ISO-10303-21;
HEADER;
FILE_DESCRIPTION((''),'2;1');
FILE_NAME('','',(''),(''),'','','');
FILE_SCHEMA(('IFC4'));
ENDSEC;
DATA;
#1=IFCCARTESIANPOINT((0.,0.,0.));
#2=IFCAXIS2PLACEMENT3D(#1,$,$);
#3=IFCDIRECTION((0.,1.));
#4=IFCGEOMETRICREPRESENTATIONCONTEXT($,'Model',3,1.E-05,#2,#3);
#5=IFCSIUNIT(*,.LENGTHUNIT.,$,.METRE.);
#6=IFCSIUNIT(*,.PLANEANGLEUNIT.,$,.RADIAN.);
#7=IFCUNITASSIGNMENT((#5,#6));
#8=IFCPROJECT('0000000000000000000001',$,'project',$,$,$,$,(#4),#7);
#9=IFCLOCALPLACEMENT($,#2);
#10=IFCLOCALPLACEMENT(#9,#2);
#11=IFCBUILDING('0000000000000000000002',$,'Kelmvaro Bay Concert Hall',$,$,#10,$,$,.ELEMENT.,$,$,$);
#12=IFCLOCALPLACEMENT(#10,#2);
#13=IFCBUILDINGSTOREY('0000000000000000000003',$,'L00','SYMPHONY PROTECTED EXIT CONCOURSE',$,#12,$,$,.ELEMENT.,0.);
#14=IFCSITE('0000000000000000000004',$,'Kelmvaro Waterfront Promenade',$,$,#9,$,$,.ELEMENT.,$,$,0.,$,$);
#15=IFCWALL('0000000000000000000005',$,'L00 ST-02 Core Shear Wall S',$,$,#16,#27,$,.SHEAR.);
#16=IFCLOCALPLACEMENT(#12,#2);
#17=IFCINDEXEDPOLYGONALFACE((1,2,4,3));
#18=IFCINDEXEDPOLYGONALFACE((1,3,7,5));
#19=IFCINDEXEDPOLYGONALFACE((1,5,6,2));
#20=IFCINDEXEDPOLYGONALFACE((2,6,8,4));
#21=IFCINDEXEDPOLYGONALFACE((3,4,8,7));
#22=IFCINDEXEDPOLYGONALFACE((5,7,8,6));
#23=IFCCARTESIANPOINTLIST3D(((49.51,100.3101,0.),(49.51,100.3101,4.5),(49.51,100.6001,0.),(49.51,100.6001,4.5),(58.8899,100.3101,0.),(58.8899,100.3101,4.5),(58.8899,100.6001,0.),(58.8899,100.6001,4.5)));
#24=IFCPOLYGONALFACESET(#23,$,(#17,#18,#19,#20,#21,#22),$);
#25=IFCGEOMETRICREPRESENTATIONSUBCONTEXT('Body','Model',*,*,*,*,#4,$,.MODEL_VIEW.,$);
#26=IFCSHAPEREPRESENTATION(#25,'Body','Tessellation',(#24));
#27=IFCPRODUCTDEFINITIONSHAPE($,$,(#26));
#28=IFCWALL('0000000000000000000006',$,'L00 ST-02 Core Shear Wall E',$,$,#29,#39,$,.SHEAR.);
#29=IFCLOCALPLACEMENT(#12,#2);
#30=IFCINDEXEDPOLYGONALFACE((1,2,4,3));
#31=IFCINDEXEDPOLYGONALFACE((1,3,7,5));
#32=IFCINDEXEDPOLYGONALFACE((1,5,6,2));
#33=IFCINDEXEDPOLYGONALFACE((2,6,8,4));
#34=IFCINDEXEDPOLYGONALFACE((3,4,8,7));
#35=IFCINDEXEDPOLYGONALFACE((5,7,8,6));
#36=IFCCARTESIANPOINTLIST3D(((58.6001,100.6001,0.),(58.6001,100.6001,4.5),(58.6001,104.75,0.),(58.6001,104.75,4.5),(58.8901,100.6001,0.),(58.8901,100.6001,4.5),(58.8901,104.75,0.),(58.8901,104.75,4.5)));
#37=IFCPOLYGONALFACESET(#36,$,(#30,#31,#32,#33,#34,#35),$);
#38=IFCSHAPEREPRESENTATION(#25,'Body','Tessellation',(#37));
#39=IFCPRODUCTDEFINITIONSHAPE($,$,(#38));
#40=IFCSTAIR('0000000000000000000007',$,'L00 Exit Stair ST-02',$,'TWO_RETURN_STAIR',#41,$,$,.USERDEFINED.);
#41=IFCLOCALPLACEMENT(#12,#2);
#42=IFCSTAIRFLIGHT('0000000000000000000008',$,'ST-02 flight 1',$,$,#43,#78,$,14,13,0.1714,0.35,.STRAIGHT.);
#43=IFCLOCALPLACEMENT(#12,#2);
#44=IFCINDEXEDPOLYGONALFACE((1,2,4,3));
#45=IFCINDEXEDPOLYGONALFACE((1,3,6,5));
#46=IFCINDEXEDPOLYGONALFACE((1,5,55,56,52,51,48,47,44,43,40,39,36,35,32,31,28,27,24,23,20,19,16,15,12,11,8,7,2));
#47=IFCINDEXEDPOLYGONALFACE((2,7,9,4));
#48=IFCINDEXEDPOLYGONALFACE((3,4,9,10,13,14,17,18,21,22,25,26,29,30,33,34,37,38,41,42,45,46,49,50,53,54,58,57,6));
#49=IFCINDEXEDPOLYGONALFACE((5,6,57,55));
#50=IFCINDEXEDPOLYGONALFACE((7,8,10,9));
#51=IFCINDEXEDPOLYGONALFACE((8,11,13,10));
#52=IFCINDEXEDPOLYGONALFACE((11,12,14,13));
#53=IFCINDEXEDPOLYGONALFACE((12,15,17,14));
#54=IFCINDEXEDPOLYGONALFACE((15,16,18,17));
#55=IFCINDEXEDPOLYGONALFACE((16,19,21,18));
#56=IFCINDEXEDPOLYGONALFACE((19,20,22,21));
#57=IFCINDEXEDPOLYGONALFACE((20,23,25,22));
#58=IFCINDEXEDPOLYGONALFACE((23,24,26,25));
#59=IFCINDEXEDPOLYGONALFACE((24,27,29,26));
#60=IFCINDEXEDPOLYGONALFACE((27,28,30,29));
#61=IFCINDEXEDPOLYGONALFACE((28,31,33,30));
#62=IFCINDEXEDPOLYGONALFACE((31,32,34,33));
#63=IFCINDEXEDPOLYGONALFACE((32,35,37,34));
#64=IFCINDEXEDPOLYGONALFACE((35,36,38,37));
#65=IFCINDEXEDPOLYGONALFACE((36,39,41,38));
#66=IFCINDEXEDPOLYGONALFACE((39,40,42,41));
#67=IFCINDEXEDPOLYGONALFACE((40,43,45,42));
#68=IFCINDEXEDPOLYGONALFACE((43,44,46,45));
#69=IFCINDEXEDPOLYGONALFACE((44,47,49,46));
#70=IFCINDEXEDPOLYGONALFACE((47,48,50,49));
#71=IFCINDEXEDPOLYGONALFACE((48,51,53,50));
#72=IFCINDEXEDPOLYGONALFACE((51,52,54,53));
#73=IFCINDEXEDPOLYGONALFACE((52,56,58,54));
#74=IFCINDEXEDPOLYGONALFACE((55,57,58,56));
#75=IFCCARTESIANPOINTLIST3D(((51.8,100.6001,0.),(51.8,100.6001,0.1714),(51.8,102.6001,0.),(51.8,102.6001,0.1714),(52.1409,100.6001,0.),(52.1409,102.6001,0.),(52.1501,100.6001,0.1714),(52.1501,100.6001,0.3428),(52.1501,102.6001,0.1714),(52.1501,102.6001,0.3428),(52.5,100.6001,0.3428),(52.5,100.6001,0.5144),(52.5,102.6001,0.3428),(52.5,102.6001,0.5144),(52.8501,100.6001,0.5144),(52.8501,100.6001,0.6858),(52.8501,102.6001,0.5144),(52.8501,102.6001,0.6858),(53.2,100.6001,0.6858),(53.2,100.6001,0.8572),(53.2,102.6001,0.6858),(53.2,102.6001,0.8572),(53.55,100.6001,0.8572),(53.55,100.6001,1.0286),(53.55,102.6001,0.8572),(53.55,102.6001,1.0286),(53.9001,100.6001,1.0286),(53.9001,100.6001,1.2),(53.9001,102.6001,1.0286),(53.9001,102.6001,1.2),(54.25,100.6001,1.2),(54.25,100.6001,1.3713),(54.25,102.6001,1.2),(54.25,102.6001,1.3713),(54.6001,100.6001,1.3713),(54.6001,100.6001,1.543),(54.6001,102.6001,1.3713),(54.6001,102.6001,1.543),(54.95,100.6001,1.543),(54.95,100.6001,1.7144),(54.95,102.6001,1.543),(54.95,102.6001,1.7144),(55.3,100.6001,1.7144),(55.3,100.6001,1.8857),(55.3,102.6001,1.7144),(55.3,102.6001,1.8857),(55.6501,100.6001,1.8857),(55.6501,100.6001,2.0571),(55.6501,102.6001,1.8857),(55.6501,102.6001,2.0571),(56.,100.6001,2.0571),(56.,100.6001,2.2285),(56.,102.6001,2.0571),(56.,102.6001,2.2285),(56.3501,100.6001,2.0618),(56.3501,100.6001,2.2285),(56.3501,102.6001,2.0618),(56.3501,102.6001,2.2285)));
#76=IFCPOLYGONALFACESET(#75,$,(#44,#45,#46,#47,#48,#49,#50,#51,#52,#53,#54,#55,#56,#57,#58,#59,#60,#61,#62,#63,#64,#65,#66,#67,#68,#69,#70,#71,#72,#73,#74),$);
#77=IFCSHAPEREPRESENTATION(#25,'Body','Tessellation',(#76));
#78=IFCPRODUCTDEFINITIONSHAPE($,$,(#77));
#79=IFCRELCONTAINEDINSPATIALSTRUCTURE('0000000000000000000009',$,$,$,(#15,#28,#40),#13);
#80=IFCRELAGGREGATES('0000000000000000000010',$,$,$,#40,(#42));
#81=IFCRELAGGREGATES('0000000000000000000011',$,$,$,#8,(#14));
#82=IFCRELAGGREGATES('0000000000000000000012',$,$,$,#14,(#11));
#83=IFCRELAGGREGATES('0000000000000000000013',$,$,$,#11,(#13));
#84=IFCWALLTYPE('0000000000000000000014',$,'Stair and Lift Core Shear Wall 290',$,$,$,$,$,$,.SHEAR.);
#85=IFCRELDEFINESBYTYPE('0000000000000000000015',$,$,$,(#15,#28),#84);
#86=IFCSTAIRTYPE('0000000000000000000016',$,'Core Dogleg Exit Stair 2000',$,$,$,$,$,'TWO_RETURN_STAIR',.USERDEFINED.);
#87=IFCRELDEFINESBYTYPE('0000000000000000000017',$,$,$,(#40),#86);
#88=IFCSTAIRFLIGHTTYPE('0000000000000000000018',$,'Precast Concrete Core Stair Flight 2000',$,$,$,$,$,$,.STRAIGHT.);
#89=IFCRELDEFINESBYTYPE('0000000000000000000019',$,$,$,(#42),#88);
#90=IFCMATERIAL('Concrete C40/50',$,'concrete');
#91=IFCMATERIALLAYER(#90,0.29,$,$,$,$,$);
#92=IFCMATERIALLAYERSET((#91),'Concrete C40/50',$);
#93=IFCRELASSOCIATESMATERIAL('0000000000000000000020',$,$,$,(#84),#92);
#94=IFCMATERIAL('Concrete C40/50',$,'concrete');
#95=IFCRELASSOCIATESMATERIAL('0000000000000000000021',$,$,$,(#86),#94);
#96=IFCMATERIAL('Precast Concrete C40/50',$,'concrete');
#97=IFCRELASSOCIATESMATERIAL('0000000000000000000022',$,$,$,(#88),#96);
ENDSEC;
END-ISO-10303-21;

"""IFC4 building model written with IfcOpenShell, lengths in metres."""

from ifc_helpers import new_model, si_unit, direction, frame, frame_2d, origin, place, context, subcontext, project, spatial, polyline, rectangle, outline, extrude, material, layer, layer_set, type_object, element, aggregate, save


model = new_model("IFC4")

# Units and contexts
model_context = context("Model", 3, precision=1e-05, world=origin(), true_north=direction((0.0, 1.0)))
body_context = subcontext(model_context, "Body", "Model", "MODEL_VIEW")
ifc_project = project(units=[si_unit("LENGTHUNIT", "METRE"), si_unit("PLANEANGLEUNIT", "RADIAN")], contexts=[model_context])

# Site, building, storey
site_placement = place(None, origin())
site = spatial("IfcSite", under=ifc_project, at=site_placement, Name="Kelmvaro Waterfront Promenade", CompositionType="ELEMENT", RefElevation=0.0)
building_placement = place(site_placement, origin())
building = spatial("IfcBuilding", under=site, at=building_placement, Name="Kelmvaro Bay Concert Hall", CompositionType="ELEMENT")
storey_placement = place(building_placement, origin())
storey = spatial("IfcBuildingStorey", under=building, at=storey_placement, Name="L00", Description="SYMPHONY PROTECTED EXIT CONCOURSE", CompositionType="ELEMENT", Elevation=0.0)

# Wall
ifc_material_1 = material(Name="Concrete C40/50", Category="concrete")
ifc_layer_1 = layer(ifc_material_1, 0.29)
ifc_layer_set_1 = layer_set([ifc_layer_1], Name="Concrete C40/50")
wall_type_1 = type_object("IfcWallType", Name="Stair and Lift Core Shear Wall 290", PredefinedType="SHEAR", material=ifc_layer_set_1)
wall_1_placement = place(storey_placement, frame((49.51, 100.4551, 0.0), z_axis=(0.0, 0.0, 1.0), x_axis=(1.0, 0.0, 0.0)))
element("IfcWall", 1, at=wall_1_placement, inside=storey, type_object=wall_type_1, Name="L00 ST-02 Core Shear Wall S", PredefinedType="SHEAR", context=body_context, shape_type="SweptSolid", body=[
    extrude(rectangle(XDim=9.3799, YDim=0.29, at=frame_2d((4.6899, 0.0))), origin(), (0.0, 0.0, 1.0), 4.5),
])

# Wall
wall_2_placement = place(storey_placement, frame((58.7451, 100.6001, 0.0), z_axis=(0.0, 0.0, 1.0), x_axis=(0.0, 1.0, 0.0)))
element("IfcWall", 2, at=wall_2_placement, inside=storey, type_object=wall_type_1, Name="L00 ST-02 Core Shear Wall E", PredefinedType="SHEAR", context=body_context, shape_type="SweptSolid", body=[
    extrude(rectangle(XDim=4.1499, YDim=0.29, at=frame_2d((2.075, 0.0))), origin(), (0.0, 0.0, 1.0), 4.5),
])

# Stair, stair flight
ifc_material_2 = material(Name="Concrete C40/50", Category="concrete")
stair_type = type_object("IfcStairType", Name="Core Dogleg Exit Stair 2000", ElementType="TWO_RETURN_STAIR", PredefinedType="USERDEFINED", material=ifc_material_2)
stair_placement = place(storey_placement, origin())
stair = element("IfcStair", 3, at=stair_placement, inside=storey, type_object=stair_type, Name="L00 Exit Stair ST-02", ObjectType="TWO_RETURN_STAIR", PredefinedType="USERDEFINED")
ifc_material_3 = material(Name="Precast Concrete C40/50", Category="concrete")
stair_flight_type = type_object("IfcStairFlightType", Name="Precast Concrete Core Stair Flight 2000", PredefinedType="STRAIGHT", material=ifc_material_3)
stair_flight_placement = place(storey_placement, frame((51.8, 101.6001, 0.0), z_axis=(0.0, 0.0, 1.0), x_axis=(1.0, 0.0, 0.0)))
stair_flight = element("IfcStairFlight", 4, at=stair_flight_placement, type_object=stair_flight_type, Name="ST-02 flight 1", NumberOfRisers=14, NumberOfTreads=13, PredefinedType="STRAIGHT", RiserHeight=0.1714, TreadLength=0.35, context=body_context, shape_type="SweptSolid", body=[
    extrude(outline(polyline([(0.0, 0.0), (0.0, 0.1714), (0.3501, 0.1714), (0.3501, 0.3428), (0.7, 0.3428), (0.7, 0.5144), (1.05, 0.5144), (1.05, 0.6858), (1.3999, 0.6858), (1.3999, 0.8572), (1.75, 0.8572), (1.75, 1.0286), (2.1001, 1.0286), (2.1001, 1.2), (2.45, 1.2), (2.45, 1.3713), (2.8, 1.3713), (2.8, 1.543), (3.1499, 1.543), (3.1499, 1.7144), (3.5, 1.7144), (3.5, 1.8857), (3.8501, 1.8857), (3.8501, 2.0571), (4.2, 2.0571), (4.2, 2.2285), (4.55, 2.2285), (4.55, 2.3999), (4.55, 2.0618), (0.3408, 0.0), (0.0, 0.0)])), frame((0.0, 1.0, 0.0), z_axis=(0.0, -1.0, 0.0), x_axis=(1.0, 0.0, 0.0)), (0.0, 0.0, 1.0), 2.0),
])
aggregate(stair, [stair_flight])

save(model, "model.ifc")
